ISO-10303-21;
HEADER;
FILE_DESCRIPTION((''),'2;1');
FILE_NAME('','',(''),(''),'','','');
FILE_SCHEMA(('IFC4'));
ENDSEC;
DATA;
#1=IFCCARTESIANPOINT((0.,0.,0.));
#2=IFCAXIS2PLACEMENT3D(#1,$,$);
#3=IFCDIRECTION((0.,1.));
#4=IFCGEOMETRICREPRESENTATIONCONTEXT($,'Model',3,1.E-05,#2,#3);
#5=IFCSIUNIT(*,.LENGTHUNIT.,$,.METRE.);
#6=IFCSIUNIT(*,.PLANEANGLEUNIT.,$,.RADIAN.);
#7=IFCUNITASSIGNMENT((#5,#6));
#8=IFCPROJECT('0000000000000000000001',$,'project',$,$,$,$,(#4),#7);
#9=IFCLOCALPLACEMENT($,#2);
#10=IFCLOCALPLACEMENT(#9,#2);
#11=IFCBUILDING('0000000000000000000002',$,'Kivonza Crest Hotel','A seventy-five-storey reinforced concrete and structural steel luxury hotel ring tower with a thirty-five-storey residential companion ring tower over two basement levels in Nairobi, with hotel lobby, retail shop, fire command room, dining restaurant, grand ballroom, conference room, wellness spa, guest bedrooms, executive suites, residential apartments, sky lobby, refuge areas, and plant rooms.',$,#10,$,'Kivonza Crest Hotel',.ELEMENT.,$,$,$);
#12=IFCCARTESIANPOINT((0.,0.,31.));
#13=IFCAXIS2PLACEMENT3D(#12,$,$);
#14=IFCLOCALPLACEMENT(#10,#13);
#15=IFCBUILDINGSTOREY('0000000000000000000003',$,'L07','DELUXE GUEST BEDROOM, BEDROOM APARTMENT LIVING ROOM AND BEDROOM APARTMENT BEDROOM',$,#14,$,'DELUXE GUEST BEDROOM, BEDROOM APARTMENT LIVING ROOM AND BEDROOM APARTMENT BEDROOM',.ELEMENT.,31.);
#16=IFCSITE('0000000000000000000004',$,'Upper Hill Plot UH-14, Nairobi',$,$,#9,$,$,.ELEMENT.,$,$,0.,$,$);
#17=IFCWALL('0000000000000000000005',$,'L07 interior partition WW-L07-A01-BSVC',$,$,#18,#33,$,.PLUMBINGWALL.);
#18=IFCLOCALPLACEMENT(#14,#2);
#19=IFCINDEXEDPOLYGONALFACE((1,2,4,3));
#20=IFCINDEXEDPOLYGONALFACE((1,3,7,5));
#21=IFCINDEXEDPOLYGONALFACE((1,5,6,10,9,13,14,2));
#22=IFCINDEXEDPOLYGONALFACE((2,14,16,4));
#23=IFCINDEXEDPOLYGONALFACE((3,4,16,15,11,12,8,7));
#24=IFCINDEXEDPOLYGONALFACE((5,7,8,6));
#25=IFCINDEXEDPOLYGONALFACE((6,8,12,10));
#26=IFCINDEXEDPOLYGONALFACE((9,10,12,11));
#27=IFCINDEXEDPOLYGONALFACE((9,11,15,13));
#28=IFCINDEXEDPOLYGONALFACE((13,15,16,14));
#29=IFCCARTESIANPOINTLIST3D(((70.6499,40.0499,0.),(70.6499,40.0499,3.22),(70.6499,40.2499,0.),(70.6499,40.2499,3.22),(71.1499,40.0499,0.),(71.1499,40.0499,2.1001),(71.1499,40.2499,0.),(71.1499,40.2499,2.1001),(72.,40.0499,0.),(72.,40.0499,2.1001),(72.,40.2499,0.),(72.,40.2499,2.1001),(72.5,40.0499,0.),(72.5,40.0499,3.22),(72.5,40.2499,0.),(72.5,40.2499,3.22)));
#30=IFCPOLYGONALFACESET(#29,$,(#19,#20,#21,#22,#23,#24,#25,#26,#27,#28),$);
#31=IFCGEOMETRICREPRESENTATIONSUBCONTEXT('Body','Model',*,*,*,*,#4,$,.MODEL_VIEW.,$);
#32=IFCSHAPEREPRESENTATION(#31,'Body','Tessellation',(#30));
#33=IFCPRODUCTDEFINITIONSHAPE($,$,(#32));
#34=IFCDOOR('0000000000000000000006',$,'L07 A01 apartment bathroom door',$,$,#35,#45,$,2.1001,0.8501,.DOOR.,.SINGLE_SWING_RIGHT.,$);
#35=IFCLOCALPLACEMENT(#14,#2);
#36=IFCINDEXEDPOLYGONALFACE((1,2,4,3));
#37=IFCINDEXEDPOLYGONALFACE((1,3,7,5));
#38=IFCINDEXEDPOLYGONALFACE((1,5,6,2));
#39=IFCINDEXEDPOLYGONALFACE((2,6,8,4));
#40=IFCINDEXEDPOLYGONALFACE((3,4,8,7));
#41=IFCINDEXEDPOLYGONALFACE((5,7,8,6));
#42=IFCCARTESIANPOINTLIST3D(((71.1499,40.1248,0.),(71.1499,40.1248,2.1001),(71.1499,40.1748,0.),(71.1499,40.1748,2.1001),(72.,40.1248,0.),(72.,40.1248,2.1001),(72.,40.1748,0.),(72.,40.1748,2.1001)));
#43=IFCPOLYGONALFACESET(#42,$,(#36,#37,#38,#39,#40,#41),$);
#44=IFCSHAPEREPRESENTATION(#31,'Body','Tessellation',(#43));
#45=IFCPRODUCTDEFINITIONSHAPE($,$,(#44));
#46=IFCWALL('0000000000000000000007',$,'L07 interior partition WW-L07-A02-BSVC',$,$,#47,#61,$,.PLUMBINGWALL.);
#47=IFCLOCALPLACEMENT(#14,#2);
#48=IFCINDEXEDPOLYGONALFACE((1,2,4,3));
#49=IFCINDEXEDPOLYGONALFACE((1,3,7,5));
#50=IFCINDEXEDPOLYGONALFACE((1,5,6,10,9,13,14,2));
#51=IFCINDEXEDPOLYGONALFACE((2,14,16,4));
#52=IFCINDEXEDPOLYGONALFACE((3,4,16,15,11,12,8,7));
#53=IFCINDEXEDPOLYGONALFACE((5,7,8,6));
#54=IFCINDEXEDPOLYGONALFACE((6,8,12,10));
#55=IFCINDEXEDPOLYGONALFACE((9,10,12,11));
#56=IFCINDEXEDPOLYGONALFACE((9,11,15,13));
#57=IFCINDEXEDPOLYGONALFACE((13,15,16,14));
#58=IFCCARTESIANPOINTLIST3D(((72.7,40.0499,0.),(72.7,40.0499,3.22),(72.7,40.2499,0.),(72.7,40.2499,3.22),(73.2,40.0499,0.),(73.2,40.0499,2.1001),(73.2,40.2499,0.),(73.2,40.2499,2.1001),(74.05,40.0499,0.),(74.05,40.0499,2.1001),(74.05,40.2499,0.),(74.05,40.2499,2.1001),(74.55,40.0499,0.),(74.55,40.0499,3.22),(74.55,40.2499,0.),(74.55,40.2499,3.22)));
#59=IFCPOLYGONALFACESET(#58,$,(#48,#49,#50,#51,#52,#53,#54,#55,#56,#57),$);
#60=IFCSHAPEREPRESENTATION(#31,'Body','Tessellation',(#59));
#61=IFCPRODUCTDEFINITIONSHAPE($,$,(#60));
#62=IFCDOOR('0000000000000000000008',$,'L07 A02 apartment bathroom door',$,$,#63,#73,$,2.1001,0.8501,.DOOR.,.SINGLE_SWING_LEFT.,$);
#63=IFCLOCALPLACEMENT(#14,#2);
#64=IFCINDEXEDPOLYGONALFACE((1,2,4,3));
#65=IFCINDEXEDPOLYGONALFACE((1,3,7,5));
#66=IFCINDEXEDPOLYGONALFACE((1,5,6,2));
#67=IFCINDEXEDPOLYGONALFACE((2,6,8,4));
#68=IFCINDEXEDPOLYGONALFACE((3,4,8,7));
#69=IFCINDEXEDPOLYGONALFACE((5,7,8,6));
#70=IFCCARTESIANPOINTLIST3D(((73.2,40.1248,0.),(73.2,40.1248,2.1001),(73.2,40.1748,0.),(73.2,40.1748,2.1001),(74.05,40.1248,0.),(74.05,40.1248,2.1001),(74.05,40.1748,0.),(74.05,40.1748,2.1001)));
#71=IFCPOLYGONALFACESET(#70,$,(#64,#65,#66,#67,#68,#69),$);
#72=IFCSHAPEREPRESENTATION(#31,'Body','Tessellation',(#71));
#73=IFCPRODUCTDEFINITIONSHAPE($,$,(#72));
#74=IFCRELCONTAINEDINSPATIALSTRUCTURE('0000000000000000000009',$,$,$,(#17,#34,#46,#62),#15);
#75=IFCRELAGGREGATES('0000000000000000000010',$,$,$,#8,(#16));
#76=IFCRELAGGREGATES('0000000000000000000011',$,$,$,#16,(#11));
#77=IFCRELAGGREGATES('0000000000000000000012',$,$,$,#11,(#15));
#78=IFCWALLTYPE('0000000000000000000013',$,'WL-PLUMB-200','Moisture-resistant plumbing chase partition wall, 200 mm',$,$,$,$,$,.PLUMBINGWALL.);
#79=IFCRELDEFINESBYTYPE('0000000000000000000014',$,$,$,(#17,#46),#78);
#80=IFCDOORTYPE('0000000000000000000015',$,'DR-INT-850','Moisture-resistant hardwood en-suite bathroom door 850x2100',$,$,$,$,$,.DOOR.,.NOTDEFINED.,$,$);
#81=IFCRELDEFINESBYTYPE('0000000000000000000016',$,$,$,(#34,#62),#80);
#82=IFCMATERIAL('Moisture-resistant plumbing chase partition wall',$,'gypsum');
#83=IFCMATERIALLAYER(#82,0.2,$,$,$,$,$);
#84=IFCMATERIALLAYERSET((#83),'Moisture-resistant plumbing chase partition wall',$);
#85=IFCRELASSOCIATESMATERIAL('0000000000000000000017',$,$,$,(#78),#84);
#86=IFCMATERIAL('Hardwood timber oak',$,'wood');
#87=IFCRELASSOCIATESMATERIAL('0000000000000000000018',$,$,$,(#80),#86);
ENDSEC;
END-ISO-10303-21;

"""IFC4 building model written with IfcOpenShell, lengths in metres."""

from ifc_helpers import new_model, si_unit, direction, frame, frame_2d, origin, place, context, subcontext, project, spatial, rectangle, extrude, material, layer, layer_set, type_object, element, fill, save


model = new_model("IFC4")

# Units and contexts
model_context = context("Model", 3, precision=1e-05, world=origin(), true_north=direction((0.0, 1.0)))
body_context = subcontext(model_context, "Body", "Model", "MODEL_VIEW")
ifc_project = project(units=[si_unit("LENGTHUNIT", "METRE"), si_unit("PLANEANGLEUNIT", "RADIAN")], contexts=[model_context])

# Site, building, storey
site_placement = place(None, origin())
site = spatial("IfcSite", under=ifc_project, at=site_placement, Name="Upper Hill Plot UH-14, Nairobi", CompositionType="ELEMENT", RefElevation=0.0)
building_placement = place(site_placement, origin())
building = spatial("IfcBuilding", under=site, at=building_placement, Name="Kivonza Crest Hotel", Description="A seventy-five-storey reinforced concrete and structural steel luxury hotel ring tower with a thirty-five-storey residential companion ring tower over two basement levels in Nairobi, with hotel lobby, retail shop, fire command room, dining restaurant, grand ballroom, conference room, wellness spa, guest bedrooms, executive suites, residential apartments, sky lobby, refuge areas, and plant rooms.", LongName="Kivonza Crest Hotel", CompositionType="ELEMENT")
storey_placement = place(building_placement, frame((0.0, 0.0, 31.0)))
storey = spatial("IfcBuildingStorey", under=building, at=storey_placement, Name="L07", Description="DELUXE GUEST BEDROOM, BEDROOM APARTMENT LIVING ROOM AND BEDROOM APARTMENT BEDROOM", LongName="DELUXE GUEST BEDROOM, BEDROOM APARTMENT LIVING ROOM AND BEDROOM APARTMENT BEDROOM", CompositionType="ELEMENT", Elevation=31.0)

# Shared definitions
ifc_material_1 = material(Name="Hardwood timber oak", Category="wood")

# Shared definitions
ifc_material_2 = material(Name="Moisture-resistant plumbing chase partition wall", Category="gypsum")
ifc_layer_1 = layer(ifc_material_2, 0.2)
ifc_layer_set_1 = layer_set([ifc_layer_1], Name="Moisture-resistant plumbing chase partition wall")
wall_type_1 = type_object("IfcWallType", Name="WL-PLUMB-200", Description="Moisture-resistant plumbing chase partition wall, 200 mm", PredefinedType="PLUMBINGWALL", material=ifc_layer_set_1)

# Walls, openings, doors
wall_1_placement = place(storey_placement, frame((70.6499, 40.1499, 0.0), z_axis=(0.0, 0.0, 1.0), x_axis=(1.0, 0.0, 0.0)))
wall_1 = element("IfcWall", 1, at=wall_1_placement, inside=storey, type_object=wall_type_1, Name="L07 interior partition WW-L07-A01-BSVC", PredefinedType="PLUMBINGWALL", context=body_context, shape_type="SweptSolid", body=[
    extrude(rectangle(XDim=1.8501, YDim=0.2, at=frame_2d((0.925, 0.0))), origin(), (0.0, 0.0, 1.0), 3.22),
])
opening_1_placement = place(wall_1_placement, frame((0.5, 0.0, 0.0)))
opening_1 = element("IfcOpeningElement", 2, at=opening_1_placement, cuts=wall_1, PredefinedType="OPENING", context=body_context, shape_type="SweptSolid", body=[
    extrude(rectangle(XDim=0.8501, YDim=2.1001, at=frame_2d((0.425, 1.05))), frame((0.0, 0.1099, 0.0), z_axis=(0.0, -1.0, 0.0), x_axis=(1.0, 0.0, 0.0)), (0.0, 0.0, 1.0), 0.22),
])
door_type_1 = type_object("IfcDoorType", Name="DR-INT-850", Description="Moisture-resistant hardwood en-suite bathroom door 850x2100", OperationType="NOTDEFINED", PredefinedType="DOOR", material=ifc_material_1)
door_1_placement = place(opening_1_placement, origin())
door_1 = element("IfcDoor", 3, at=door_1_placement, inside=storey, type_object=door_type_1, Name="L07 A01 apartment bathroom door", OperationType="SINGLE_SWING_RIGHT", OverallHeight=2.1001, OverallWidth=0.8501, PredefinedType="DOOR", context=body_context, shape_type="SweptSolid", body=[
    extrude(rectangle(XDim=0.8501, YDim=2.1001, at=frame_2d((0.425, 1.05))), frame((0.0, 0.0249, 0.0), z_axis=(0.0, -1.0, 0.0), x_axis=(1.0, 0.0, 0.0)), (0.0, 0.0, 1.0), 0.05),
])
fill(opening_1, door_1)
wall_2_placement = place(storey_placement, frame((72.7, 40.1499, 0.0), z_axis=(0.0, 0.0, 1.0), x_axis=(1.0, 0.0, 0.0)))
wall_2 = element("IfcWall", 4, at=wall_2_placement, inside=storey, type_object=wall_type_1, Name="L07 interior partition WW-L07-A02-BSVC", PredefinedType="PLUMBINGWALL", context=body_context, shape_type="SweptSolid", body=[
    extrude(rectangle(XDim=1.8501, YDim=0.2, at=frame_2d((0.925, 0.0))), origin(), (0.0, 0.0, 1.0), 3.22),
])
opening_2_placement = place(wall_2_placement, frame((0.5, 0.0, 0.0)))
opening_2 = element("IfcOpeningElement", 5, at=opening_2_placement, cuts=wall_2, PredefinedType="OPENING", context=body_context, shape_type="SweptSolid", body=[
    extrude(rectangle(XDim=0.8501, YDim=2.1001, at=frame_2d((0.425, 1.05))), frame((0.0, 0.1099, 0.0), z_axis=(0.0, -1.0, 0.0), x_axis=(1.0, 0.0, 0.0)), (0.0, 0.0, 1.0), 0.22),
])
door_2_placement = place(opening_2_placement, origin())
door_2 = element("IfcDoor", 6, at=door_2_placement, inside=storey, type_object=door_type_1, Name="L07 A02 apartment bathroom door", OperationType="SINGLE_SWING_LEFT", OverallHeight=2.1001, OverallWidth=0.8501, PredefinedType="DOOR", context=body_context, shape_type="SweptSolid", body=[
    extrude(rectangle(XDim=0.8501, YDim=2.1001, at=frame_2d((0.425, 1.05))), frame((0.0, 0.0249, 0.0), z_axis=(0.0, -1.0, 0.0), x_axis=(1.0, 0.0, 0.0)), (0.0, 0.0, 1.0), 0.05),
])
fill(opening_2, door_2)

save(model, "model.ifc")
